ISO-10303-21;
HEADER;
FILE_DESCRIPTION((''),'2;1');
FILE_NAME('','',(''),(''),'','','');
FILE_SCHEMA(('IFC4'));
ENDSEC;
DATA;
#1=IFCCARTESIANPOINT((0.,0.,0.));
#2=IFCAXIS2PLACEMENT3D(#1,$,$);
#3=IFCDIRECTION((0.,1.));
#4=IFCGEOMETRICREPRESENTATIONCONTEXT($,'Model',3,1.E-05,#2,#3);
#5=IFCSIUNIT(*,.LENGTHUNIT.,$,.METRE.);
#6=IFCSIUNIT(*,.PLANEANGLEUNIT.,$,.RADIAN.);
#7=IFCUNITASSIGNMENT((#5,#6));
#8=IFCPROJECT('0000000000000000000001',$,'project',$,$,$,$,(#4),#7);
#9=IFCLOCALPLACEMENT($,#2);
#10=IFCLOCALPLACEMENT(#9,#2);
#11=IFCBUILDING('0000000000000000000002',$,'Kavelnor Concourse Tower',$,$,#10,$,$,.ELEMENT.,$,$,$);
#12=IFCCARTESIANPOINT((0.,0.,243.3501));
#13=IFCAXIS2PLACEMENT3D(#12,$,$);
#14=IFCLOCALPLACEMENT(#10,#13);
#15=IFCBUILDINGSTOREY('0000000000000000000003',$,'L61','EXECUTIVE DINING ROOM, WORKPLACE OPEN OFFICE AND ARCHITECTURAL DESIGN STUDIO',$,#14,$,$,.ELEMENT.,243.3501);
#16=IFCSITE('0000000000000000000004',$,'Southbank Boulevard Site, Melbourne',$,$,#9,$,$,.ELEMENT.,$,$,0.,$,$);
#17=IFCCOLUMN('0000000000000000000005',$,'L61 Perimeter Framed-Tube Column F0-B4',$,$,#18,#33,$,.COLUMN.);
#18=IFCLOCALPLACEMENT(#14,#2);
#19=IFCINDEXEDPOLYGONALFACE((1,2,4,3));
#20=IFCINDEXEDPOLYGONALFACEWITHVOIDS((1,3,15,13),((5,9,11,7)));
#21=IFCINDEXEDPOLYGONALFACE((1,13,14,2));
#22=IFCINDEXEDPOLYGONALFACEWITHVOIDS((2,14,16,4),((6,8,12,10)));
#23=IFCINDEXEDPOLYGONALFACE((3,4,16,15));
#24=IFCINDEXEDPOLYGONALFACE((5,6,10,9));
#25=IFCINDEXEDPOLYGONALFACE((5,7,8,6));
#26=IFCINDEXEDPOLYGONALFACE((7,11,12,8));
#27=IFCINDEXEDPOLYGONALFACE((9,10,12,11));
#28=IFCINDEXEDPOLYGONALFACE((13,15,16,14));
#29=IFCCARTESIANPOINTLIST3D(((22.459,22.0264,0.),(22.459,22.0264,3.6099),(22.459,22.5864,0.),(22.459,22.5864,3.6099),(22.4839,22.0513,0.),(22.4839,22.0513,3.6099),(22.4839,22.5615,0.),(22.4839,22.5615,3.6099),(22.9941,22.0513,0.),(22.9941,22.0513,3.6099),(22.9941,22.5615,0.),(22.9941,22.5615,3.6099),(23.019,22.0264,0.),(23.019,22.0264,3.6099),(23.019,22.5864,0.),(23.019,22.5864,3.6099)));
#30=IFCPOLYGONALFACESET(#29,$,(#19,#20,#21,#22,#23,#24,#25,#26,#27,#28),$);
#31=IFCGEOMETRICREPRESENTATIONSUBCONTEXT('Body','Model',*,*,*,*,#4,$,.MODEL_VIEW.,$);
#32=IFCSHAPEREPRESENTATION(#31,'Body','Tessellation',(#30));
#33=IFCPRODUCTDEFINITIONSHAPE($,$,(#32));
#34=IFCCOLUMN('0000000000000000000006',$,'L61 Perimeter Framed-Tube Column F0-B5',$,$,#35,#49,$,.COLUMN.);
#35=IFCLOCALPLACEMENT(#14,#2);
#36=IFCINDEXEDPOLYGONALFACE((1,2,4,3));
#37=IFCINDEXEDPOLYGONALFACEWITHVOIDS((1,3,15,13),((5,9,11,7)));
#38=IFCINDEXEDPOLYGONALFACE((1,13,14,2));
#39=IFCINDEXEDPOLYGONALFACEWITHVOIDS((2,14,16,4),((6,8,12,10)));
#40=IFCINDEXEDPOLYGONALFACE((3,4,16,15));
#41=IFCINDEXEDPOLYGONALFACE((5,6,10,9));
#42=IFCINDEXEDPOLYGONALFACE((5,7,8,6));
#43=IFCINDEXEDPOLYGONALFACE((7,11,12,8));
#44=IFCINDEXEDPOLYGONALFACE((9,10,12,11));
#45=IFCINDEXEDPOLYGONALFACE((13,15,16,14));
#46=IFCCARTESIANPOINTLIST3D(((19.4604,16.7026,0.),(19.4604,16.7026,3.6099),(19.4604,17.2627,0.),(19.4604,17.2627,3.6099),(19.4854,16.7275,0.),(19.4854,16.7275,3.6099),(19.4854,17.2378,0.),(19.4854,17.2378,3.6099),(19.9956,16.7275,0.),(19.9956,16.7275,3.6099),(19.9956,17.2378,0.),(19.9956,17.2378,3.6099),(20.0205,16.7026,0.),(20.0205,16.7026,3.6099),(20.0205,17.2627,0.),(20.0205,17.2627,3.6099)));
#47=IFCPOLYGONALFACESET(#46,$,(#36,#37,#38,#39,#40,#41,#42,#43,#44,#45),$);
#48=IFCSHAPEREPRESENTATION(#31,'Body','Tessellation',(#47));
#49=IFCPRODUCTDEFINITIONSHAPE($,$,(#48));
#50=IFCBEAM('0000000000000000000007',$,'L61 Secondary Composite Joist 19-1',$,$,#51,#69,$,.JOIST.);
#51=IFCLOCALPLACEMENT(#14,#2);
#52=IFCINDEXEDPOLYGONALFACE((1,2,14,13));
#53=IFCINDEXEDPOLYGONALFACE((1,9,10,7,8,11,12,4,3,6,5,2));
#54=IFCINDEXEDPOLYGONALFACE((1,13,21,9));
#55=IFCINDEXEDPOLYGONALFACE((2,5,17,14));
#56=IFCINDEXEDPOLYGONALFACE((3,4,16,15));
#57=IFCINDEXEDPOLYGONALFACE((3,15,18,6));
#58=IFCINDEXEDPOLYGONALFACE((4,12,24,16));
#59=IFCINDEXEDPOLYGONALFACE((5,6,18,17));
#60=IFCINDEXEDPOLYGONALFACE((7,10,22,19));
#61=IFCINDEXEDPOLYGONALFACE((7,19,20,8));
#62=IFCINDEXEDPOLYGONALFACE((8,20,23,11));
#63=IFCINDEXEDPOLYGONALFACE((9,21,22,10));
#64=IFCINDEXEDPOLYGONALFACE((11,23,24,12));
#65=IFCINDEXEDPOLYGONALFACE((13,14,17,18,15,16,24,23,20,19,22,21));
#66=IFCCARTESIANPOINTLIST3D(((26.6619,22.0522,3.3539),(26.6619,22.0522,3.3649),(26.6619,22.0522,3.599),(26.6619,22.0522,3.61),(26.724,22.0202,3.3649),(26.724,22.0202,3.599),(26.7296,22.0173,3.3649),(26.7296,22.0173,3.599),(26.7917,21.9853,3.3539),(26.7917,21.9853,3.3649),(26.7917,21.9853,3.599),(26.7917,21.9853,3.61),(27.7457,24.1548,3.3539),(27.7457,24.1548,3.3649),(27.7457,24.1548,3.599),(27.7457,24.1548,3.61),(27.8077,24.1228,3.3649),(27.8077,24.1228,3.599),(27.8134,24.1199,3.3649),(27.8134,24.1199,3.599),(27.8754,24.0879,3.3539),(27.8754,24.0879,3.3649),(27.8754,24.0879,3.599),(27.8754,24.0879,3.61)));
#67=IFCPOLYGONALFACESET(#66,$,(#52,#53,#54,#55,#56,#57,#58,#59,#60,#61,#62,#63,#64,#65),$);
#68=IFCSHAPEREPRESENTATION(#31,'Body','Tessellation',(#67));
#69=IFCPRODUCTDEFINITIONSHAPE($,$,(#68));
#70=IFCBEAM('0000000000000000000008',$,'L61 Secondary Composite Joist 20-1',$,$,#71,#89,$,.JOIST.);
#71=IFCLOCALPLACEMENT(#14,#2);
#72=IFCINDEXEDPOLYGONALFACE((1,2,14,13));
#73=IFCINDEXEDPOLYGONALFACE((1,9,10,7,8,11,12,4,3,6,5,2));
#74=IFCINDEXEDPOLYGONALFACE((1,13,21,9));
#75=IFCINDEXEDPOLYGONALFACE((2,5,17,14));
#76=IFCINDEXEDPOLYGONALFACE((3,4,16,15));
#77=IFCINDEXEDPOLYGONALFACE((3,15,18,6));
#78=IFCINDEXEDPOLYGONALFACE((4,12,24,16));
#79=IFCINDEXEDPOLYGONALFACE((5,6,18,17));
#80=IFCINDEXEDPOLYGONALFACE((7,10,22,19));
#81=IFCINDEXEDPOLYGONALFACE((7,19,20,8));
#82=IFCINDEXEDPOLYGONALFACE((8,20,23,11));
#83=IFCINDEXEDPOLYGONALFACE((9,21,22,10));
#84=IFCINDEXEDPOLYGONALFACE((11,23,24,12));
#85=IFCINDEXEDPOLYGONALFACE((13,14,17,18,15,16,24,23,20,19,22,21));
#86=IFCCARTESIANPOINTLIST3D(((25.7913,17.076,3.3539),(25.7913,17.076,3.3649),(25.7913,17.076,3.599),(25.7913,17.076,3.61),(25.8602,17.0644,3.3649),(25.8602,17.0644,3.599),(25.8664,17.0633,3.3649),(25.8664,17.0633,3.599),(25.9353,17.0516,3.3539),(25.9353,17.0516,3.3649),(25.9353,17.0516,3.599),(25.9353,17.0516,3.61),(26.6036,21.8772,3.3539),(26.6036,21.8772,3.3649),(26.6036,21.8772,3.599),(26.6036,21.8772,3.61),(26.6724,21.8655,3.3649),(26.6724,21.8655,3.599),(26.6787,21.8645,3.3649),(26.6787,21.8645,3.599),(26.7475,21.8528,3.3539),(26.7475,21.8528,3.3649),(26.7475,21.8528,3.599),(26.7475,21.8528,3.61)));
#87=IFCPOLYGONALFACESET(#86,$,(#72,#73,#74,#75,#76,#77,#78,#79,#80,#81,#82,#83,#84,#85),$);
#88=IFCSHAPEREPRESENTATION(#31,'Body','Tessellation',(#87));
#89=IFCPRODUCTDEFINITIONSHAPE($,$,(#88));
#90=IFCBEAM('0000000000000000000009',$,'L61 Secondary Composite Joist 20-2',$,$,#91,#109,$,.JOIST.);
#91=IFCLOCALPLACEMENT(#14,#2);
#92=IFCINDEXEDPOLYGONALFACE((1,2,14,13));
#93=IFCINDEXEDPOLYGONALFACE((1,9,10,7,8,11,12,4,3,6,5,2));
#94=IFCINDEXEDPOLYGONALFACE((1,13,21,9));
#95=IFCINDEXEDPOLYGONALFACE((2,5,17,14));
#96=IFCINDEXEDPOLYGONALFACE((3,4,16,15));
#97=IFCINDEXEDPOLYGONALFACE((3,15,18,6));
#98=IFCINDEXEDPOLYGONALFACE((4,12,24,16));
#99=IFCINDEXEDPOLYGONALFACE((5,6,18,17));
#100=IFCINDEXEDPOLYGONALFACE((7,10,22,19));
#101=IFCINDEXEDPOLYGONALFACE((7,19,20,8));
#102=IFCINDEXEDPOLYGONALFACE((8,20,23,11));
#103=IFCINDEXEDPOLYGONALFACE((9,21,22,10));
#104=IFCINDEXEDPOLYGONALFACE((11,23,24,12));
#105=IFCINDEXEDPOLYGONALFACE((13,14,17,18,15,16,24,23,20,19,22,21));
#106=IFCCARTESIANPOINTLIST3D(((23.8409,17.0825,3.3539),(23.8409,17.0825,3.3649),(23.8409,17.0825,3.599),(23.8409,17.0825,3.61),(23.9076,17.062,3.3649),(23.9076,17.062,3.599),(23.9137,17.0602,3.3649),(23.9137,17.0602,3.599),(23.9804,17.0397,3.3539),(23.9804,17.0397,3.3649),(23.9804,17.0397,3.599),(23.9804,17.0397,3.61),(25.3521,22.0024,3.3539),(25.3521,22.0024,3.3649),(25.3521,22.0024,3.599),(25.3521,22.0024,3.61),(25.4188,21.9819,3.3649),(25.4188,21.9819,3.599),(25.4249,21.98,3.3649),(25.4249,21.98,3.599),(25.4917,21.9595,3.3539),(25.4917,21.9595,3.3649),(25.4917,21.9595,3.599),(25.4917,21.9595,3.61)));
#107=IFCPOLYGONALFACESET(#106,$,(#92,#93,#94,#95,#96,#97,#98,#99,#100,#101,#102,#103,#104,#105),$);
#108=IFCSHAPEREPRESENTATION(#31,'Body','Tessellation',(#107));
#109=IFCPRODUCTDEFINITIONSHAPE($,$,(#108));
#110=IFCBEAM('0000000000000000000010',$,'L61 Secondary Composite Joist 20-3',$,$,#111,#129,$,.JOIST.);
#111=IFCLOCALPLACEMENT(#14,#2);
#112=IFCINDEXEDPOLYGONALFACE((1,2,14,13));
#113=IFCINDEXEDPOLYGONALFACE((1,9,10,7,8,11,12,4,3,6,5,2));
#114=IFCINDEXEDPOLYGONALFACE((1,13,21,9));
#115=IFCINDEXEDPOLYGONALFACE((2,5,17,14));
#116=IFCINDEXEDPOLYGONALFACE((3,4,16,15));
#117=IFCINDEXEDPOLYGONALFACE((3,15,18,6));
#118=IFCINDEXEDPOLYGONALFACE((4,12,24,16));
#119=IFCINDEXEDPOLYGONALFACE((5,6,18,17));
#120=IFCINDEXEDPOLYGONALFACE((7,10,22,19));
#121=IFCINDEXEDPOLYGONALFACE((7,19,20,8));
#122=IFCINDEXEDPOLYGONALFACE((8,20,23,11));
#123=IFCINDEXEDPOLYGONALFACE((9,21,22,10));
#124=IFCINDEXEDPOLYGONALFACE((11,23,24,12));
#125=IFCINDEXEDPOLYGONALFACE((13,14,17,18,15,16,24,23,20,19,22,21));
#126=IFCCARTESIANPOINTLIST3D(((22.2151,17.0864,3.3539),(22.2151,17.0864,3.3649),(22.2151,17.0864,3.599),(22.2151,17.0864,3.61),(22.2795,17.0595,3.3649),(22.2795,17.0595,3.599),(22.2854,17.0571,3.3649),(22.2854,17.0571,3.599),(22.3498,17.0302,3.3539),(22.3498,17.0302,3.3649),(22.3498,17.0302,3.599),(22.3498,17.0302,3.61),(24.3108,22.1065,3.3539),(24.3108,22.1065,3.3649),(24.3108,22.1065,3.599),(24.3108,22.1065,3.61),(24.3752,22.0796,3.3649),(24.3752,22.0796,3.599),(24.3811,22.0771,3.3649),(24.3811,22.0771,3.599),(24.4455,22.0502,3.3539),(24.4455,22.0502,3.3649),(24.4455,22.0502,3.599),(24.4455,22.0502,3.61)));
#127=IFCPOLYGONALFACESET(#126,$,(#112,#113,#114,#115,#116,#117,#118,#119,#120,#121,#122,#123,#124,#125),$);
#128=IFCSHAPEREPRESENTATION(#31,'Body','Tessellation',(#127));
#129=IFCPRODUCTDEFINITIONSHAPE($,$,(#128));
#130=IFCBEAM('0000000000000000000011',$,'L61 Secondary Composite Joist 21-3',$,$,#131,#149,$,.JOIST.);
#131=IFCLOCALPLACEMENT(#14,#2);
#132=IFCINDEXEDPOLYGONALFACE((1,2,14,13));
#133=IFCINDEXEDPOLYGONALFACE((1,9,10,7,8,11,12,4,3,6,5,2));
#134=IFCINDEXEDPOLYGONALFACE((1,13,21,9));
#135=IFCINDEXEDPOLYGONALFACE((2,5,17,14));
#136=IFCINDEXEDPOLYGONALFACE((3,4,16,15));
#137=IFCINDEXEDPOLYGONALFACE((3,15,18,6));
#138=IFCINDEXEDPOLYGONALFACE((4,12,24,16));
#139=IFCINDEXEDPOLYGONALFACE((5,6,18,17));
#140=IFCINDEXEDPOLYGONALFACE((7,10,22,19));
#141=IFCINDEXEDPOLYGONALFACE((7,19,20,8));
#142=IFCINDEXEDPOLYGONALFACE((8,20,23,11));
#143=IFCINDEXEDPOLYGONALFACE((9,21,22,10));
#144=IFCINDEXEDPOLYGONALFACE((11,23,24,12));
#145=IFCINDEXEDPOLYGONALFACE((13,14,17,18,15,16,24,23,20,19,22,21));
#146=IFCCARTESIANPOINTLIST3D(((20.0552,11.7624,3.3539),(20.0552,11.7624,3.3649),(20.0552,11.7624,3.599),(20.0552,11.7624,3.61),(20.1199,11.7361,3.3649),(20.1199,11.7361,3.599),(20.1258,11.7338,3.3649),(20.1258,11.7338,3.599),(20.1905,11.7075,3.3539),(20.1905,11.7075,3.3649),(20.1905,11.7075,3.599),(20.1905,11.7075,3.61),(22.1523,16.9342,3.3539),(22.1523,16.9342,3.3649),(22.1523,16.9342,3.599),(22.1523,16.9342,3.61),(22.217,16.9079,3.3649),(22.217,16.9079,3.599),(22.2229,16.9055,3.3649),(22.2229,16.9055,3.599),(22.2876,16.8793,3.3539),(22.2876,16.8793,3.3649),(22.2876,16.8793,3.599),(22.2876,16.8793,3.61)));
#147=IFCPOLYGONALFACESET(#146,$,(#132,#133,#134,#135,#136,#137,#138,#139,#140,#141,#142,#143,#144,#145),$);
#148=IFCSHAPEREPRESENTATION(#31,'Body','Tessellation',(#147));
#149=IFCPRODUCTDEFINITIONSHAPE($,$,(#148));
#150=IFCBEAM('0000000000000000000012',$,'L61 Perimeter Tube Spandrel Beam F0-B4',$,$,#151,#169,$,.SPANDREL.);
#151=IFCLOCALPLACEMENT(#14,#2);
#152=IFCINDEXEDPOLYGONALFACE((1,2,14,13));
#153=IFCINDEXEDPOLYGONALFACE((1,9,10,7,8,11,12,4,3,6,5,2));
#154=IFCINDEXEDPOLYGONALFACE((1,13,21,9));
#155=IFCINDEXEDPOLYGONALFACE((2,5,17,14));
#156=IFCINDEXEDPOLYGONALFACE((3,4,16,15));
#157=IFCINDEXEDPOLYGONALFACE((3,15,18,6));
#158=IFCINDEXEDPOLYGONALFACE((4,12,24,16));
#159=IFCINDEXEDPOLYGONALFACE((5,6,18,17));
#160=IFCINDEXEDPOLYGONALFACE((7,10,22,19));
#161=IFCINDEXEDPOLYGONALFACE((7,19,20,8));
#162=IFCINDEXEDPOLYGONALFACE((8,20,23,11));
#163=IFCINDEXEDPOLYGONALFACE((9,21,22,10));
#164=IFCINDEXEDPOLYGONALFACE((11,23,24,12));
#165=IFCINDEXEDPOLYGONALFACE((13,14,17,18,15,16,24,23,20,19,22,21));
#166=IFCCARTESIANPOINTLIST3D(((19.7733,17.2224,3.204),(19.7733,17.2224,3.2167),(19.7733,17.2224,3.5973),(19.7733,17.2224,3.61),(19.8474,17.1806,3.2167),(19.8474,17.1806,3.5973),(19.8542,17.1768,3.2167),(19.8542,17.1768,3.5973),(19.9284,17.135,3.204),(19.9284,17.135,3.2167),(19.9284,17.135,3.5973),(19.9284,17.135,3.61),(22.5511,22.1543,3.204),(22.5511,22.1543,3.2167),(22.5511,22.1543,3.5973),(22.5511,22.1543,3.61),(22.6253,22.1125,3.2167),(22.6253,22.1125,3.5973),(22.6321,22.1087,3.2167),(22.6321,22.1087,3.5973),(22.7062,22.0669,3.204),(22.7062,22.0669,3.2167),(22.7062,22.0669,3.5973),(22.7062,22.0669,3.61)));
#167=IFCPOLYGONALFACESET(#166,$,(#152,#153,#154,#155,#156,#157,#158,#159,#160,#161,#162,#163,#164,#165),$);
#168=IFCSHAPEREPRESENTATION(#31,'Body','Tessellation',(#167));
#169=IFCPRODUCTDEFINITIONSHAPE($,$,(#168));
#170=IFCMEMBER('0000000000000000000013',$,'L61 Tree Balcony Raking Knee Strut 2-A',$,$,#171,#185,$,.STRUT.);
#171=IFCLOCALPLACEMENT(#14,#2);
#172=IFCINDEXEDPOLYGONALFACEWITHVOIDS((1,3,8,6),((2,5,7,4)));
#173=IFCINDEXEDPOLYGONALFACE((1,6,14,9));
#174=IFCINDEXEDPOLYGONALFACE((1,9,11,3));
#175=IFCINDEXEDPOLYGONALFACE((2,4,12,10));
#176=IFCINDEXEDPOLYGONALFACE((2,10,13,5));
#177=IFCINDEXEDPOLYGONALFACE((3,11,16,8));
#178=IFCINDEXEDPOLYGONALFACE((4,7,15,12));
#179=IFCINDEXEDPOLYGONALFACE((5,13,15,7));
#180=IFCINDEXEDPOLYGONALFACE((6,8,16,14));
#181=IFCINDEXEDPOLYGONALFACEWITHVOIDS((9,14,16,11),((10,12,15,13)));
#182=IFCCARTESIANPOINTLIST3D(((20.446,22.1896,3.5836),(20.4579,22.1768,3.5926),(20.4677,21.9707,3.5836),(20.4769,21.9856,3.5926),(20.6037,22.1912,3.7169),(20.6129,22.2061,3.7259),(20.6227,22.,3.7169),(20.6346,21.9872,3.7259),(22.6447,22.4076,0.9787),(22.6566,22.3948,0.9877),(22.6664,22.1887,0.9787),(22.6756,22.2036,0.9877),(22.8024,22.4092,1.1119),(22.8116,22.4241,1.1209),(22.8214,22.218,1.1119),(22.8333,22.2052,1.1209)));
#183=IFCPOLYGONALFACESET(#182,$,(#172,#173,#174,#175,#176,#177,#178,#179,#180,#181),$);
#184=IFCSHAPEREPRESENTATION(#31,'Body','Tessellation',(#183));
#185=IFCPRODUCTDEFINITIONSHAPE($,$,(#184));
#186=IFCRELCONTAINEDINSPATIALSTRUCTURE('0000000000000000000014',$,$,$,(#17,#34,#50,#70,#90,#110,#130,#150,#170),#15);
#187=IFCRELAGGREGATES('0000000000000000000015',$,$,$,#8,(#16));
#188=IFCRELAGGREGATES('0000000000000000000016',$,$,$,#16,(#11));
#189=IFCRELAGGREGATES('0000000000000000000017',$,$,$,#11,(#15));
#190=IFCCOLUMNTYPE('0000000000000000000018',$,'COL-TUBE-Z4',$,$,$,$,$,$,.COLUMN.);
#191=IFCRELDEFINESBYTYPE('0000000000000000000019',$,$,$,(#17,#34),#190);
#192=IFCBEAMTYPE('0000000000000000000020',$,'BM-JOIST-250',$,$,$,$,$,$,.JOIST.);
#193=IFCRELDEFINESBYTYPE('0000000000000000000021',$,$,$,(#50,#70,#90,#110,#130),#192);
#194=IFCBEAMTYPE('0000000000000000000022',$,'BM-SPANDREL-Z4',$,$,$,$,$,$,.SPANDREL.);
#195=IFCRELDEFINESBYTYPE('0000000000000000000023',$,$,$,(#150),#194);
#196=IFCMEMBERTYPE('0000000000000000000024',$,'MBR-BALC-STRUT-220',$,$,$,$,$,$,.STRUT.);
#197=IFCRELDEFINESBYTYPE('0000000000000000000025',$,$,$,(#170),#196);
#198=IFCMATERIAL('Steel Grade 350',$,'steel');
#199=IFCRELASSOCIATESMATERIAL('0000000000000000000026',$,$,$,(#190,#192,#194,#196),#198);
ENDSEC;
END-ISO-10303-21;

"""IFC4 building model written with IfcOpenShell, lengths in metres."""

from ifc_helpers import new_model, si_unit, direction, frame, origin, origin_2d, place, context, subcontext, project, spatial, hollow_rectangle, i_section, extrude, material, material_profile, profile_set, type_object, element, save


model = new_model("IFC4")

# Units and contexts
model_context = context("Model", 3, precision=1e-05, world=origin(), true_north=direction((0.0, 1.0)))
body_context = subcontext(model_context, "Body", "Model", "MODEL_VIEW")
ifc_project = project(units=[si_unit("LENGTHUNIT", "METRE"), si_unit("PLANEANGLEUNIT", "RADIAN")], contexts=[model_context])

# Site, building, storey
site_placement = place(None, origin())
site = spatial("IfcSite", under=ifc_project, at=site_placement, Name="Southbank Boulevard Site, Melbourne", CompositionType="ELEMENT", RefElevation=0.0)
building_placement = place(site_placement, origin())
building = spatial("IfcBuilding", under=site, at=building_placement, Name="Kavelnor Concourse Tower", CompositionType="ELEMENT")
storey_placement = place(building_placement, frame((0.0, 0.0, 243.3501)))
storey = spatial("IfcBuildingStorey", under=building, at=storey_placement, Name="L61", Description="EXECUTIVE DINING ROOM, WORKPLACE OPEN OFFICE AND ARCHITECTURAL DESIGN STUDIO", CompositionType="ELEMENT", Elevation=243.3501)

# Columns
ifc_material_1 = material(Name="Steel Grade 350", Category="steel")
ifc_material_profile_1 = material_profile(ifc_material_1, hollow_rectangle(XDim=0.5601, YDim=0.5601, WallThickness=0.0249, at=origin_2d()), Name="SHS 560x560x25")
ifc_profile_set_1 = profile_set([ifc_material_profile_1], Name="Steel Grade 350")
column_type = type_object("IfcColumnType", Name="COL-TUBE-Z4", PredefinedType="COLUMN", material=ifc_profile_set_1)
for number, where, z_axis, x_axis, name in (
    (1, (22.739, 22.3064, 0.0), (0.0, 0.0, 1.0), (1.0, 0.0, 0.0), "L61 Perimeter Framed-Tube Column F0-B4"),
    (2, (19.7405, 16.9827, 0.0), (0.0, 0.0, 1.0), (1.0, 0.0, 0.0), "L61 Perimeter Framed-Tube Column F0-B5"),
):
    element("IfcColumn", number, at=place(storey_placement, frame(where, z_axis=z_axis, x_axis=x_axis)), inside=storey, type_object=column_type, Name=name, PredefinedType="COLUMN", context=body_context, shape_type="SweptSolid", body=[
        extrude(hollow_rectangle(XDim=0.5601, YDim=0.5601, WallThickness=0.0249, at=origin_2d()), origin(), (0.0, 0.0, 1.0), 3.6099),
    ])

# Beams
ifc_material_profile_2 = material_profile(ifc_material_1, i_section(OverallWidth=0.146, OverallDepth=0.2561, WebThickness=0.0063, FlangeThickness=0.011, at=origin_2d()), Name="250UB37")
ifc_profile_set_2 = profile_set([ifc_material_profile_2], Name="Steel Grade 350")
beam_type_1 = type_object("IfcBeamType", Name="BM-JOIST-250", PredefinedType="JOIST", material=ifc_profile_set_2)
beam_1_placement = place(storey_placement, frame((27.8105, 24.1213, 3.4819), z_axis=(-0.458162, -0.888869, 0.0), x_axis=(0.888869, -0.458162, 0.0)))
element("IfcBeam", 3, at=beam_1_placement, inside=storey, type_object=beam_type_1, Name="L61 Secondary Composite Joist 19-1", PredefinedType="JOIST", context=body_context, shape_type="SweptSolid", body=[
    extrude(i_section(OverallWidth=0.146, OverallDepth=0.2561, WebThickness=0.0063, FlangeThickness=0.011, at=origin_2d()), origin(), (0.0, 0.0, 1.0), 2.3655),
])
beam_2_placement = place(storey_placement, frame((26.6755, 21.865, 3.4819), z_axis=(-0.166805, -0.98599, 0.0), x_axis=(0.98599, -0.166805, 0.0)))
element("IfcBeam", 4, at=beam_2_placement, inside=storey, type_object=beam_type_1, Name="L61 Secondary Composite Joist 20-1", PredefinedType="JOIST", context=body_context, shape_type="SweptSolid", body=[
    extrude(i_section(OverallWidth=0.146, OverallDepth=0.2561, WebThickness=0.0063, FlangeThickness=0.011, at=origin_2d()), origin(), (0.0, 0.0, 1.0), 4.8694),
])
beam_3_placement = place(storey_placement, frame((25.4219, 21.981, 3.4819), z_axis=(-0.293626, -0.95592, 0.0), x_axis=(0.95592, -0.293626, 0.0)))
element("IfcBeam", 5, at=beam_3_placement, inside=storey, type_object=beam_type_1, Name="L61 Secondary Composite Joist 20-2", PredefinedType="JOIST", context=body_context, shape_type="SweptSolid", body=[
    extrude(i_section(OverallWidth=0.146, OverallDepth=0.2561, WebThickness=0.0063, FlangeThickness=0.011, at=origin_2d()), origin(), (0.0, 0.0, 1.0), 5.1467),
])
beam_4_placement = place(storey_placement, frame((24.3782, 22.0784, 3.4819), z_axis=(-0.385246, -0.922814, 0.0), x_axis=(0.922814, -0.385246, 0.0)))
element("IfcBeam", 6, at=beam_4_placement, inside=storey, type_object=beam_type_1, Name="L61 Secondary Composite Joist 20-3", PredefinedType="JOIST", context=body_context, shape_type="SweptSolid", body=[
    extrude(i_section(OverallWidth=0.146, OverallDepth=0.2561, WebThickness=0.0063, FlangeThickness=0.011, at=origin_2d()), origin(), (0.0, 0.0, 1.0), 5.4399),
])
beam_5_placement = place(storey_placement, frame((22.22, 16.9067, 3.4819), z_axis=(-0.375776, -0.92671, 0.0), x_axis=(0.92671, -0.375776, 0.0)))
element("IfcBeam", 7, at=beam_5_placement, inside=storey, type_object=beam_type_1, Name="L61 Secondary Composite Joist 21-3", PredefinedType="JOIST", context=body_context, shape_type="SweptSolid", body=[
    extrude(i_section(OverallWidth=0.146, OverallDepth=0.2561, WebThickness=0.0063, FlangeThickness=0.011, at=origin_2d()), origin(), (0.0, 0.0, 1.0), 5.5808),
])
ifc_material_profile_3 = material_profile(ifc_material_1, i_section(OverallWidth=0.178, OverallDepth=0.406, WebThickness=0.0078, FlangeThickness=0.0127, at=origin_2d()), Name="410UB59")
ifc_profile_set_3 = profile_set([ifc_material_profile_3], Name="Steel Grade 350")
beam_type_2 = type_object("IfcBeamType", Name="BM-SPANDREL-Z4", PredefinedType="SPANDREL", material=ifc_profile_set_3)
beam_6_placement = place(storey_placement, frame((22.6287, 22.1106, 3.407), z_axis=(-0.490751, -0.8713, 0.0), x_axis=(0.8713, -0.490751, 0.0)))
element("IfcBeam", 8, at=beam_6_placement, inside=storey, type_object=beam_type_2, Name="L61 Perimeter Tube Spandrel Beam F0-B4", PredefinedType="SPANDREL", context=body_context, shape_type="SweptSolid", body=[
    extrude(i_section(OverallWidth=0.178, OverallDepth=0.406, WebThickness=0.0078, FlangeThickness=0.0127, at=origin_2d()), origin(), (0.0, 0.0, 1.0), 5.6604),
])

# Member
ifc_material_profile_4 = material_profile(ifc_material_1, hollow_rectangle(XDim=0.22, YDim=0.22, WallThickness=0.0139, at=origin_2d()), Name="SHS 220x220x14")
ifc_profile_set_4 = profile_set([ifc_material_profile_4], Name="Steel Grade 350")
member_type = type_object("IfcMemberType", Name="MBR-BALC-STRUT-220", PredefinedType="STRUT", material=ifc_profile_set_4)
member_1_placement = place(storey_placement, frame((22.739, 22.3064, 1.0498), z_axis=(-0.643689, -0.063826, 0.762621), x_axis=(0.098672, -0.99512, 0.0)))
element("IfcMember", 9, at=member_1_placement, inside=storey, type_object=member_type, Name="L61 Tree Balcony Raking Knee Strut 2-A", PredefinedType="STRUT", context=body_context, shape_type="SweptSolid", body=[
    extrude(hollow_rectangle(XDim=0.22, YDim=0.22, WallThickness=0.0139, at=origin_2d()), origin(), (0.0, 0.0, 1.0), 3.4158),
])

save(model, "model.ifc")
